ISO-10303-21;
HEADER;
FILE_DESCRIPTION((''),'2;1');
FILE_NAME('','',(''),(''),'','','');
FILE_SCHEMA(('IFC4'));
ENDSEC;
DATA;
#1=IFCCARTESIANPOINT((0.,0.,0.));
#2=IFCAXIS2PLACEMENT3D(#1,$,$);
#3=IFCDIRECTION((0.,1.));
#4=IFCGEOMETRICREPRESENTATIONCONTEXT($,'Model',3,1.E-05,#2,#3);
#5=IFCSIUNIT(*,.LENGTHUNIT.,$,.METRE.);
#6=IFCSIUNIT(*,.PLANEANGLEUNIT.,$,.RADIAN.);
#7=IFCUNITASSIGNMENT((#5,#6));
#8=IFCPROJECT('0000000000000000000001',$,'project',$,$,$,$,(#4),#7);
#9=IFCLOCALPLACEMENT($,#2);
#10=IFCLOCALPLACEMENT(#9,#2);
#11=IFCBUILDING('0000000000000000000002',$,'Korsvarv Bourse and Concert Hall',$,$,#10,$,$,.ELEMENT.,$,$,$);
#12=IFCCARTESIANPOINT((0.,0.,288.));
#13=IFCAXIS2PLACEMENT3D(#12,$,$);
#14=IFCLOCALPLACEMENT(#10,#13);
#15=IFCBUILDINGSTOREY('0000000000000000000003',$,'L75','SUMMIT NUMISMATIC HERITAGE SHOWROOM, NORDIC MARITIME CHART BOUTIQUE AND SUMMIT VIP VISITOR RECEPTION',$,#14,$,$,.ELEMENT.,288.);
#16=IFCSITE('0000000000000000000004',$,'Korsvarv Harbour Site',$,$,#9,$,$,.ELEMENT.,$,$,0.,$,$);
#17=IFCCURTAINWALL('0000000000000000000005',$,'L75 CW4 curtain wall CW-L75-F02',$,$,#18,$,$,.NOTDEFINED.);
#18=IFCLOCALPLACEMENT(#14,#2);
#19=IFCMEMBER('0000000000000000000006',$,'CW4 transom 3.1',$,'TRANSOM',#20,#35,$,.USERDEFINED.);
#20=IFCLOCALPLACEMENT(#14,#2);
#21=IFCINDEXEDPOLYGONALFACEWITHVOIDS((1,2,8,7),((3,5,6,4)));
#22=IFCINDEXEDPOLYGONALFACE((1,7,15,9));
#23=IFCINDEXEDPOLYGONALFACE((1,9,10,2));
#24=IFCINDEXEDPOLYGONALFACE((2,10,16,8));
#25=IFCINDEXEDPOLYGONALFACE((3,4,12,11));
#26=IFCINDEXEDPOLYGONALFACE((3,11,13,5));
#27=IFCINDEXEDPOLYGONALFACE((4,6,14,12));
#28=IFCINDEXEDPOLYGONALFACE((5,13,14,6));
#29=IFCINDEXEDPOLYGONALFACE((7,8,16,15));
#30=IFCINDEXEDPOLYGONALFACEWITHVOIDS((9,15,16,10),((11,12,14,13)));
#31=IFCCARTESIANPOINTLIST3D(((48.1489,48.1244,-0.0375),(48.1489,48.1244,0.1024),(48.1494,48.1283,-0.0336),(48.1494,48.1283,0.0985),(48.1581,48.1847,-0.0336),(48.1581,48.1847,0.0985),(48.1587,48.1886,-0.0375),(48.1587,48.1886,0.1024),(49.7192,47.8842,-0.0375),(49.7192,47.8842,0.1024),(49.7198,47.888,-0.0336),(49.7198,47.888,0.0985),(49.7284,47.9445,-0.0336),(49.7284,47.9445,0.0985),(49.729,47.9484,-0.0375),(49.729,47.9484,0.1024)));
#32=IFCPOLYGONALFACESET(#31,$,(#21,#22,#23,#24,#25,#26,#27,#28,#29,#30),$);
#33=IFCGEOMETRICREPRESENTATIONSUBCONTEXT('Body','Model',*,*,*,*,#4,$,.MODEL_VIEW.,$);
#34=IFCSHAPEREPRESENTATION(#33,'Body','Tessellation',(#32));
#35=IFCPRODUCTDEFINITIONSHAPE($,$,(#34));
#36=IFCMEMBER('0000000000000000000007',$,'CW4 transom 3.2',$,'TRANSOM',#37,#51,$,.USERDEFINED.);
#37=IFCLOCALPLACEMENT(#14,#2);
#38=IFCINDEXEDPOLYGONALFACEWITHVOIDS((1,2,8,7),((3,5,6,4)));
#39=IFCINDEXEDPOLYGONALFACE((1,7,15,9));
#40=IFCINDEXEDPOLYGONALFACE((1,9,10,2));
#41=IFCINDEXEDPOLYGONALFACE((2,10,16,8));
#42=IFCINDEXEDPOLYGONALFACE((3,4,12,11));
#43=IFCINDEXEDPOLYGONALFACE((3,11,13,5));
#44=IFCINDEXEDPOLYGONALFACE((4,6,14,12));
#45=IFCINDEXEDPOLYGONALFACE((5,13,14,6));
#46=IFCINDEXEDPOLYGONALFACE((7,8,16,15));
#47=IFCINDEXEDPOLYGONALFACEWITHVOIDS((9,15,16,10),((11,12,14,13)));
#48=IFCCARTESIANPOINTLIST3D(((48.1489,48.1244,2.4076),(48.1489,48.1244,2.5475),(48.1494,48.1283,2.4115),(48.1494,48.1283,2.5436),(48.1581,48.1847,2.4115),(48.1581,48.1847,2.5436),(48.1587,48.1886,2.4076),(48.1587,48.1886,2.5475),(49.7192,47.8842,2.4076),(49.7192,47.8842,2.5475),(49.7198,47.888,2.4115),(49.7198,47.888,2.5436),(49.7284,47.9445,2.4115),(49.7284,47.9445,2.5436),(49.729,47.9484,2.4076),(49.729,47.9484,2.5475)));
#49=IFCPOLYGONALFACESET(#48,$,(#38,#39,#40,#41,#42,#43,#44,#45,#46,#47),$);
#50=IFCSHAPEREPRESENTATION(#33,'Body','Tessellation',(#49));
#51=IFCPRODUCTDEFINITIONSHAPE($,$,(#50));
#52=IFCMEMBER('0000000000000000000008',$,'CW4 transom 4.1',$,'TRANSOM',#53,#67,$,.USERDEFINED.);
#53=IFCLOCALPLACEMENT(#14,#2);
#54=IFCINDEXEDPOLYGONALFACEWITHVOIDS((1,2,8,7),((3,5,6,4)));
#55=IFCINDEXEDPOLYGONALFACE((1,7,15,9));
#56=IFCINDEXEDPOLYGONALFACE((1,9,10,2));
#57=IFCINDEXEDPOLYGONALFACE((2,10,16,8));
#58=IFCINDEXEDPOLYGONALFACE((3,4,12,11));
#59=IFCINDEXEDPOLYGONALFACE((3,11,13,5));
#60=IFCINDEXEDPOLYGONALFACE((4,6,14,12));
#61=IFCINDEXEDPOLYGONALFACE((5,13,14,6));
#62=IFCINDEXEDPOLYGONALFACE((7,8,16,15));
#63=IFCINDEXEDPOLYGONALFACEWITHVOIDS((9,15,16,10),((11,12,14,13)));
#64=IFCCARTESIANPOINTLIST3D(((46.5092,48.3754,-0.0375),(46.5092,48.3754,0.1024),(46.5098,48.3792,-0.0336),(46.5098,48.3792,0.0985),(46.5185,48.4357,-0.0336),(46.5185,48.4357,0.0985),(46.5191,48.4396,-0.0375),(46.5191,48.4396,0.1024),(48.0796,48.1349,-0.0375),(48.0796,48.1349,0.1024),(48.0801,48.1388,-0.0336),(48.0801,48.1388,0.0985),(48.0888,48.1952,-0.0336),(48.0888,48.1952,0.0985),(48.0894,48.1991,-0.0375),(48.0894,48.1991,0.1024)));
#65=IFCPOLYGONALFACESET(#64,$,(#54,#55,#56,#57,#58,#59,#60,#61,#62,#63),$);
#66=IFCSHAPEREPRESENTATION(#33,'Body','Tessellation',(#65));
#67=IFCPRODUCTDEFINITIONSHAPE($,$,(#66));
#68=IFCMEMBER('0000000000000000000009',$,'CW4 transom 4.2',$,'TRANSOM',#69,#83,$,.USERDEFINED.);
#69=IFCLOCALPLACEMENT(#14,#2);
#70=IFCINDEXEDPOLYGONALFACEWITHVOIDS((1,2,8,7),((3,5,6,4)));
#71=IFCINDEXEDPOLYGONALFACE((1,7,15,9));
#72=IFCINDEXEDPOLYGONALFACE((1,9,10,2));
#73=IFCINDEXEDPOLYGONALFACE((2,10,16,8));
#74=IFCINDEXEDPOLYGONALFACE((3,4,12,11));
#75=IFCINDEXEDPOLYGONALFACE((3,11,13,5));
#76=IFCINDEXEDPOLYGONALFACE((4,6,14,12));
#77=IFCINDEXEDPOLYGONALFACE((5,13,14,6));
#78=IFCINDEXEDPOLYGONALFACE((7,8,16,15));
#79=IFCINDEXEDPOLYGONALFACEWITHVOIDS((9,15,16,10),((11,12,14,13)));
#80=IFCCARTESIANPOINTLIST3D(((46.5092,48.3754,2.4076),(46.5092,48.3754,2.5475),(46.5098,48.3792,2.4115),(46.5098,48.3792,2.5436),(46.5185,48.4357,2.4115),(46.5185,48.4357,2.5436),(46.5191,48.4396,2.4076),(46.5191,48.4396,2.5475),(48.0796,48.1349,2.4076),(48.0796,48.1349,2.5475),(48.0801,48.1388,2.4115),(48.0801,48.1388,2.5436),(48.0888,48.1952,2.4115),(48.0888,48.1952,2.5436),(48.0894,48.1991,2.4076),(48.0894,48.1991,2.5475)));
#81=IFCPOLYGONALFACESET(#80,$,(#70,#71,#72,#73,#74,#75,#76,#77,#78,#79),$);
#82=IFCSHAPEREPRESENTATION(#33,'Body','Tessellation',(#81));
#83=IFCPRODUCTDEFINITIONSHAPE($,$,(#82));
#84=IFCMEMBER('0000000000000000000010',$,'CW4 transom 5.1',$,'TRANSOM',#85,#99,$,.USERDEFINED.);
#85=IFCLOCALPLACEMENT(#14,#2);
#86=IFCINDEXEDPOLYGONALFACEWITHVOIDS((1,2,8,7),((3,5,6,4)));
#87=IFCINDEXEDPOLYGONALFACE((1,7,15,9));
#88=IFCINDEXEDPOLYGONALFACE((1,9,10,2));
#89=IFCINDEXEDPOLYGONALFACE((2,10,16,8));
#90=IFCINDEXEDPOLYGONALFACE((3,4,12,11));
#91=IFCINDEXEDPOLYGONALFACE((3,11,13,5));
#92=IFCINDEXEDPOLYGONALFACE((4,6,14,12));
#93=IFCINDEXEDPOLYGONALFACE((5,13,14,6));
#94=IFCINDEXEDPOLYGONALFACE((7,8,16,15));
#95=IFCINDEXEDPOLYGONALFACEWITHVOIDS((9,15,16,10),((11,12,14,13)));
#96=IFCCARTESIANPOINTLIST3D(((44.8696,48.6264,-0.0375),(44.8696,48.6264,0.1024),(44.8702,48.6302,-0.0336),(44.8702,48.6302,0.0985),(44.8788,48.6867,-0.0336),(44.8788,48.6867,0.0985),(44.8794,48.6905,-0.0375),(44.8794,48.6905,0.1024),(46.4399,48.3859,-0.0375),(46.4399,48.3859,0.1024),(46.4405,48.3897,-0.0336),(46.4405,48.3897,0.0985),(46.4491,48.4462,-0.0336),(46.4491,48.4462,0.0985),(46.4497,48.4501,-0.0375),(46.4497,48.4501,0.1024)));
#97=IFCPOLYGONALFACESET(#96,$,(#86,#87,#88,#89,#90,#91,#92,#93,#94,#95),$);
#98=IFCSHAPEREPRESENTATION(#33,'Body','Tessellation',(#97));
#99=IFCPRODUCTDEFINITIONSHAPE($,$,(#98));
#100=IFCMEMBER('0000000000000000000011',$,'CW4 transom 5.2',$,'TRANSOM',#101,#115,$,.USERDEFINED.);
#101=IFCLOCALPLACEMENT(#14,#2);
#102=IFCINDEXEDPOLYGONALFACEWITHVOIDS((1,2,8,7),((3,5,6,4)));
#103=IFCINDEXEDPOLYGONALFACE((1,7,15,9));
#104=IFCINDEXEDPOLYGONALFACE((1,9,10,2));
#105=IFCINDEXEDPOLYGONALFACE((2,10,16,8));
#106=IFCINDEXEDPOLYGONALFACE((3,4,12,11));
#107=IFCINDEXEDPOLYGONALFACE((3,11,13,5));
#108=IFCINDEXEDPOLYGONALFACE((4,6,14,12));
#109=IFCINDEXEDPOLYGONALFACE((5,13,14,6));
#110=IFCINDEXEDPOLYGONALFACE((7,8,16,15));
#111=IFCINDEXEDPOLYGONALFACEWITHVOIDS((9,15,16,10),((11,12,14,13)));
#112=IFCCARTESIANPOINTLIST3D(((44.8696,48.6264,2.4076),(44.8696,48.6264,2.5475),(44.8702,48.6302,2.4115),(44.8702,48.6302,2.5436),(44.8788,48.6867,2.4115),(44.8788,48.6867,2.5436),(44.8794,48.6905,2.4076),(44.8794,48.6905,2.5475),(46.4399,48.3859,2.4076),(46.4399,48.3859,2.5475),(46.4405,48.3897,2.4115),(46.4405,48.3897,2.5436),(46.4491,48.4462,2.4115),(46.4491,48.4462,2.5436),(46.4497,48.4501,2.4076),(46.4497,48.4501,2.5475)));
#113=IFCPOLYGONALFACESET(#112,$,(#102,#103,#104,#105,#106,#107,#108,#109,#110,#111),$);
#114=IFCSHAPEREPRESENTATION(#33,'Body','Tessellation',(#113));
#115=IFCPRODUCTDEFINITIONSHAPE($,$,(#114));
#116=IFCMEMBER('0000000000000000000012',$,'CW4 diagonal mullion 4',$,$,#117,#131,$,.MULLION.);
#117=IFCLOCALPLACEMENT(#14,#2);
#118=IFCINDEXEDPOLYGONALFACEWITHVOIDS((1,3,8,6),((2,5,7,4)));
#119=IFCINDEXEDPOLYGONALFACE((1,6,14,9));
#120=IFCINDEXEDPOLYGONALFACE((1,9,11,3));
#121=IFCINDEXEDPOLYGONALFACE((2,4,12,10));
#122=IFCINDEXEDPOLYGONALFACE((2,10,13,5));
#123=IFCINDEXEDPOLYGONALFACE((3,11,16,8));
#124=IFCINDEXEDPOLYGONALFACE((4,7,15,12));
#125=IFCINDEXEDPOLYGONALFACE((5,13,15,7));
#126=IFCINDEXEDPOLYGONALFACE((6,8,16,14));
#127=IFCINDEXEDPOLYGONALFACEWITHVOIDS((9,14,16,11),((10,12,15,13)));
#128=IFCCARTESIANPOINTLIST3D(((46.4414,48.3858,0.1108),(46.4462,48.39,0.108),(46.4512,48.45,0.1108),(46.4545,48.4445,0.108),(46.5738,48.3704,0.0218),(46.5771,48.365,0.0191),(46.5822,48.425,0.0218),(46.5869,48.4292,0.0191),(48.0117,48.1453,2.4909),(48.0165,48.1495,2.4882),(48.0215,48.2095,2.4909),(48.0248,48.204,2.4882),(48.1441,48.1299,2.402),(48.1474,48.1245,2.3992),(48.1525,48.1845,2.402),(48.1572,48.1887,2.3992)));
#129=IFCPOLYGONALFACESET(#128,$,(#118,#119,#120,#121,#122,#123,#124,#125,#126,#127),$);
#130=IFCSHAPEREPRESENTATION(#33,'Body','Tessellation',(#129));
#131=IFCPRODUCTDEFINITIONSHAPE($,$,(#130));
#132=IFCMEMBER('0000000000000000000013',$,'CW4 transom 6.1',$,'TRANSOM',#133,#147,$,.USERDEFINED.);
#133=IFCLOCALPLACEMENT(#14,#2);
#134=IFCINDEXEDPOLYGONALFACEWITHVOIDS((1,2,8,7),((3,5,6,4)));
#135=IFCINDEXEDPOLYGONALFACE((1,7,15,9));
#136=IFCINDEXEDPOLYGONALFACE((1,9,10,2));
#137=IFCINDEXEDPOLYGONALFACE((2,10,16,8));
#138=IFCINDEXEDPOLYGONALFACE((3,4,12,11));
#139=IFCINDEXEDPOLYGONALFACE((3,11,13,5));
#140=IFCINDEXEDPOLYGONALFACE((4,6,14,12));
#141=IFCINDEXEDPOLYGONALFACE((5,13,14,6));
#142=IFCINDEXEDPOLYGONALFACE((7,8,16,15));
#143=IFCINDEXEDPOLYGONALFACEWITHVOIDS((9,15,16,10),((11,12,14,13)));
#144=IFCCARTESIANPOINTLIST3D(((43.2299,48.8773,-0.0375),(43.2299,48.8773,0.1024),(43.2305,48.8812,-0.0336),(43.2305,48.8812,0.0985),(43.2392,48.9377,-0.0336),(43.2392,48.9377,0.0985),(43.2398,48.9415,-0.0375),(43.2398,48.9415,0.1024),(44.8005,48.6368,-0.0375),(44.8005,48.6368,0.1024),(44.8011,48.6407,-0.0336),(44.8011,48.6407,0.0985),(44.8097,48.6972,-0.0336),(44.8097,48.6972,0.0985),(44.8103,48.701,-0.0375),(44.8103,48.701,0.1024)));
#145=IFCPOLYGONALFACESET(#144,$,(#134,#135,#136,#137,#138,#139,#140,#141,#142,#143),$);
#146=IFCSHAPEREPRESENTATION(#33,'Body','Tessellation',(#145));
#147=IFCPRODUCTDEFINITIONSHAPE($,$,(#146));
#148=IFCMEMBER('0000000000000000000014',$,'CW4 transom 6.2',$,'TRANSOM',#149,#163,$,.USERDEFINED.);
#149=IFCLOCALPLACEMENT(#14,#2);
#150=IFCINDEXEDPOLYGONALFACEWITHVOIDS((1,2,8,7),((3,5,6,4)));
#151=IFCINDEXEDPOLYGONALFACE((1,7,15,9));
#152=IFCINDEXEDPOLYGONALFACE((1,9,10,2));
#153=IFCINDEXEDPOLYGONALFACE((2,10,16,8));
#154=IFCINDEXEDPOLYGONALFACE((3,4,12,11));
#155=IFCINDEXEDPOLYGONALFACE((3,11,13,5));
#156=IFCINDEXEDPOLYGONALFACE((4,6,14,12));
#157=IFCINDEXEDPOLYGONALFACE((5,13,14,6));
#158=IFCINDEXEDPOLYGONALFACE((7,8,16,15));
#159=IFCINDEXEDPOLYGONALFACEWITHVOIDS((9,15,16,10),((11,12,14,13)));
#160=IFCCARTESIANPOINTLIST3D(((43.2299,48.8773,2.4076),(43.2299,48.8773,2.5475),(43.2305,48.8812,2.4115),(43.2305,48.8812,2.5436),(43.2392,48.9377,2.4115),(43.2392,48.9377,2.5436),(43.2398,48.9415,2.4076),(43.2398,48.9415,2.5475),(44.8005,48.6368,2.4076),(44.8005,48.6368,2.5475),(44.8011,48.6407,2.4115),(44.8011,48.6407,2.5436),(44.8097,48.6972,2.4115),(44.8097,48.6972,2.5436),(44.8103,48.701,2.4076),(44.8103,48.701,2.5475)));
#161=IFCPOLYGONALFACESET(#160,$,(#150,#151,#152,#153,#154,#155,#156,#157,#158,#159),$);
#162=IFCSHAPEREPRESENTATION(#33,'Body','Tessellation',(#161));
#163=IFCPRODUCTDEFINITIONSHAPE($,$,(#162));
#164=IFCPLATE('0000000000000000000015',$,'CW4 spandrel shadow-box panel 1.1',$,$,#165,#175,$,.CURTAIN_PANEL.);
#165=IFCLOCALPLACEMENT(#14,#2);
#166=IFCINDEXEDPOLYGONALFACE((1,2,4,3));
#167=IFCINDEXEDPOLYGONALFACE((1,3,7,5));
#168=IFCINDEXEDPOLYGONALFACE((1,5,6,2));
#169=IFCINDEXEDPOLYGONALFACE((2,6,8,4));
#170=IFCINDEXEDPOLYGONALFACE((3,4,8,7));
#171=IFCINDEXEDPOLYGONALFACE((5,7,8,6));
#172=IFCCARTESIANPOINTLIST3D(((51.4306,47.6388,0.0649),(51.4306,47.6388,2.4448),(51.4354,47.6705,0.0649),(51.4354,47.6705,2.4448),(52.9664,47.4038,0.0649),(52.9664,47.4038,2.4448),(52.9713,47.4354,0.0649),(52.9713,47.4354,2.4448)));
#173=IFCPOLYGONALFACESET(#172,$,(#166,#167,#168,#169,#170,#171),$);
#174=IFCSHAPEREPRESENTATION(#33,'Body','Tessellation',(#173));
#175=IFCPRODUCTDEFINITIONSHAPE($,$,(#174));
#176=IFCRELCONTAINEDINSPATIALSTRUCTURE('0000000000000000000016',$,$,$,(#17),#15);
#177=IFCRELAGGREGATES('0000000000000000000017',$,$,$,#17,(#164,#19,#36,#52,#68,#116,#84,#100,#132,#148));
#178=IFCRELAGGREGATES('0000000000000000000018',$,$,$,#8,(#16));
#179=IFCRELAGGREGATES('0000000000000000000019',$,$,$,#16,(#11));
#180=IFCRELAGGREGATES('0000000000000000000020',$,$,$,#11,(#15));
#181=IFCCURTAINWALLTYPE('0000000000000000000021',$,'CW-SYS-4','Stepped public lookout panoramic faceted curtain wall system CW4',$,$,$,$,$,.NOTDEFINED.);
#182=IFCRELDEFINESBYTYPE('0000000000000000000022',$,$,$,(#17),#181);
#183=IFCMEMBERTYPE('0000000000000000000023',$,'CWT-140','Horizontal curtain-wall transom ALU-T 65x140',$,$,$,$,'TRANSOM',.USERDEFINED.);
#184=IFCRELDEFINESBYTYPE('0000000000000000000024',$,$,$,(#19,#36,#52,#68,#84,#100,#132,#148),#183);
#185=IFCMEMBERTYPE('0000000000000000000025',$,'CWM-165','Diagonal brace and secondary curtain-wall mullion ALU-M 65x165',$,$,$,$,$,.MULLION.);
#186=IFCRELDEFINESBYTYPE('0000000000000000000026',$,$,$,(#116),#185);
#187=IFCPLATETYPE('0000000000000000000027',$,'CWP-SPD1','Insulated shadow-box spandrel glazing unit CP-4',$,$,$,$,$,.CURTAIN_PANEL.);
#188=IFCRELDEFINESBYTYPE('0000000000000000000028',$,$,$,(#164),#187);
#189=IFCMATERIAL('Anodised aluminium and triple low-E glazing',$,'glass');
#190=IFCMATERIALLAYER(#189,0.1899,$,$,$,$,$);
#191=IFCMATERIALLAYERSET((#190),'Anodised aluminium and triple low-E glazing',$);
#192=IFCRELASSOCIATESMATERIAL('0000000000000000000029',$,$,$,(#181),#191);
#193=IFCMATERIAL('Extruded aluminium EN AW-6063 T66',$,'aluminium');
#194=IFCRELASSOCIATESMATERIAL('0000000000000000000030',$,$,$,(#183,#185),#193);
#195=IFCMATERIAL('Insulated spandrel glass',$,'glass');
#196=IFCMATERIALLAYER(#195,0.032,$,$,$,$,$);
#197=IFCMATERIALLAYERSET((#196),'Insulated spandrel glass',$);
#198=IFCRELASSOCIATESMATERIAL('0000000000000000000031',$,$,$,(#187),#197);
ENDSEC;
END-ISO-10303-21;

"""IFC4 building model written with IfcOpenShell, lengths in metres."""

from ifc_helpers import new_model, si_unit, direction, frame, origin, origin_2d, place, context, subcontext, project, spatial, rectangle, hollow_rectangle, extrude, source, transform, mapped, material, layer, layer_set, material_profile, profile_set, type_object, element, aggregate, save


model = new_model("IFC4")

# Units and contexts
model_context = context("Model", 3, precision=1e-05, world=origin(), true_north=direction((0.0, 1.0)))
body_context = subcontext(model_context, "Body", "Model", "MODEL_VIEW")
ifc_project = project(units=[si_unit("LENGTHUNIT", "METRE"), si_unit("PLANEANGLEUNIT", "RADIAN")], contexts=[model_context])

# Site, building, storey
site_placement = place(None, origin())
site = spatial("IfcSite", under=ifc_project, at=site_placement, Name="Korsvarv Harbour Site", CompositionType="ELEMENT", RefElevation=0.0)
building_placement = place(site_placement, origin())
building = spatial("IfcBuilding", under=site, at=building_placement, Name="Korsvarv Bourse and Concert Hall", CompositionType="ELEMENT")
storey_placement = place(building_placement, frame((0.0, 0.0, 288.0)))
storey = spatial("IfcBuildingStorey", under=building, at=storey_placement, Name="L75", Description="SUMMIT NUMISMATIC HERITAGE SHOWROOM, NORDIC MARITIME CHART BOUTIQUE AND SUMMIT VIP VISITOR RECEPTION", CompositionType="ELEMENT", Elevation=288.0)

# Curtain wall, members, plate
ifc_material_1 = material(Name="Anodised aluminium and triple low-E glazing", Category="glass")
ifc_layer_1 = layer(ifc_material_1, 0.1899)
ifc_layer_set_1 = layer_set([ifc_layer_1], Name="Anodised aluminium and triple low-E glazing")
curtain_wall_type = type_object("IfcCurtainWallType", Name="CW-SYS-4", Description="Stepped public lookout panoramic faceted curtain wall system CW4", PredefinedType="NOTDEFINED", material=ifc_layer_set_1)
curtain_wall_placement = place(storey_placement, origin())
curtain_wall = element("IfcCurtainWall", 1, at=curtain_wall_placement, inside=storey, type_object=curtain_wall_type, Name="L75 CW4 curtain wall CW-L75-F02", PredefinedType="NOTDEFINED")
ifc_material_2 = material(Name="Extruded aluminium EN AW-6063 T66", Category="aluminium")
ifc_material_profile_1 = material_profile(ifc_material_2, hollow_rectangle(XDim=0.0649, YDim=0.1399, WallThickness=0.0039, at=origin_2d()), Name="ALU-T 65x140")
ifc_profile_set_1 = profile_set([ifc_material_profile_1], Name="Extruded aluminium EN AW-6063 T66")
member_type_1 = type_object("IfcMemberType", Name="CWT-140", Description="Horizontal curtain-wall transom ALU-T 65x140", ElementType="TRANSOM", PredefinedType="USERDEFINED", material=ifc_profile_set_1)
ifc_material_profile_2 = material_profile(ifc_material_2, hollow_rectangle(XDim=0.0649, YDim=0.165, WallThickness=0.0049, at=origin_2d()), Name="ALU-M 65x165")
ifc_profile_set_2 = profile_set([ifc_material_profile_2], Name="Extruded aluminium EN AW-6063 T66")
member_type_2 = type_object("IfcMemberType", Name="CWM-165", Description="Diagonal brace and secondary curtain-wall mullion ALU-M 65x165", PredefinedType="MULLION", material=ifc_profile_set_2)
shared_shape_1 = source(origin(), body_context, "Body", "SweptSolid", [
    extrude(hollow_rectangle(XDim=0.0649, YDim=0.1399, WallThickness=0.0039, at=origin_2d()), origin(), (0.0, 0.0, 1.0), 1.5886),
])
member_1_placement = place(storey_placement, frame((49.7241, 47.9163, 0.0325), z_axis=(-0.988499, 0.151226, 0.0), x_axis=(-0.151226, -0.988499, 0.0)))
member_1 = element("IfcMember", 2, at=member_1_placement, type_object=member_type_1, Name="CW4 transom 3.1", ObjectType="TRANSOM", PredefinedType="USERDEFINED", context=body_context, shape_type="MappedRepresentation", body=[
    mapped(shared_shape_1, transform((0.0, 0.0, 0.0), scale=1.0)),
])
member_2_placement = place(storey_placement, frame((49.7241, 47.9163, 2.4775), z_axis=(-0.988499, 0.151226, 0.0), x_axis=(-0.151226, -0.988499, 0.0)))
member_2 = element("IfcMember", 3, at=member_2_placement, type_object=member_type_1, Name="CW4 transom 3.2", ObjectType="TRANSOM", PredefinedType="USERDEFINED", context=body_context, shape_type="MappedRepresentation", body=[
    mapped(shared_shape_1, transform((0.0, 0.0, 0.0), scale=1.0)),
])
member_3_placement = place(storey_placement, frame((48.0845, 48.167, 0.0325), z_axis=(-0.988476, 0.151376, 0.0), x_axis=(-0.151376, -0.988476, 0.0)))
member_3 = element("IfcMember", 4, at=member_3_placement, type_object=member_type_1, Name="CW4 transom 4.1", ObjectType="TRANSOM", PredefinedType="USERDEFINED", context=body_context, shape_type="MappedRepresentation", body=[
    mapped(shared_shape_1, transform((0.0, 0.0, 0.0), scale=1.0)),
])
member_4_placement = place(storey_placement, frame((48.0845, 48.167, 2.4775), z_axis=(-0.988476, 0.151376, 0.0), x_axis=(-0.151376, -0.988476, 0.0)))
member_4 = element("IfcMember", 5, at=member_4_placement, type_object=member_type_1, Name="CW4 transom 4.2", ObjectType="TRANSOM", PredefinedType="USERDEFINED", context=body_context, shape_type="MappedRepresentation", body=[
    mapped(shared_shape_1, transform((0.0, 0.0, 0.0), scale=1.0)),
])
member_5_placement = place(storey_placement, frame((46.4448, 48.418, 0.0325), z_axis=(-0.988476, 0.151376, 0.0), x_axis=(-0.151376, -0.988476, 0.0)))
member_5 = element("IfcMember", 6, at=member_5_placement, type_object=member_type_1, Name="CW4 transom 5.1", ObjectType="TRANSOM", PredefinedType="USERDEFINED", context=body_context, shape_type="MappedRepresentation", body=[
    mapped(shared_shape_1, transform((0.0, 0.0, 0.0), scale=1.0)),
])
member_6_placement = place(storey_placement, frame((46.4448, 48.418, 2.4775), z_axis=(-0.988476, 0.151376, 0.0), x_axis=(-0.151376, -0.988476, 0.0)))
member_6 = element("IfcMember", 7, at=member_6_placement, type_object=member_type_1, Name="CW4 transom 5.2", ObjectType="TRANSOM", PredefinedType="USERDEFINED", context=body_context, shape_type="MappedRepresentation", body=[
    mapped(shared_shape_1, transform((0.0, 0.0, 0.0), scale=1.0)),
])
shared_shape_2 = source(origin(), body_context, "Body", "SweptSolid", [
    extrude(hollow_rectangle(XDim=0.0649, YDim=0.165, WallThickness=0.0049, at=origin_2d()), origin(), (0.0, 0.0, 1.0), 2.8616),
])
member_7_placement = place(storey_placement, frame((46.5142, 48.4075, 0.0649), z_axis=(0.548755, -0.084037, 0.831749), x_axis=(0.151376, 0.988476, 0.0)))
member_7 = element("IfcMember", 8, at=member_7_placement, type_object=member_type_2, Name="CW4 diagonal mullion 4", PredefinedType="MULLION", context=body_context, shape_type="MappedRepresentation", body=[
    mapped(shared_shape_2, transform((0.0, 0.0, 0.0), scale=1.0)),
])
shared_shape_3 = source(origin(), body_context, "Body", "SweptSolid", [
    extrude(hollow_rectangle(XDim=0.0649, YDim=0.1399, WallThickness=0.0039, at=origin_2d()), origin(), (0.0, 0.0, 1.0), 1.5889),
])
member_8_placement = place(storey_placement, frame((44.8054, 48.6689, 0.0325), z_axis=(-0.98848, 0.151353, 0.0), x_axis=(-0.151353, -0.98848, 0.0)))
member_8 = element("IfcMember", 9, at=member_8_placement, type_object=member_type_1, Name="CW4 transom 6.1", ObjectType="TRANSOM", PredefinedType="USERDEFINED", context=body_context, shape_type="MappedRepresentation", body=[
    mapped(shared_shape_3, transform((0.0, 0.0, 0.0), scale=1.0)),
])
member_9_placement = place(storey_placement, frame((44.8054, 48.6689, 2.4775), z_axis=(-0.98848, 0.151353, 0.0), x_axis=(-0.151353, -0.98848, 0.0)))
member_9 = element("IfcMember", 10, at=member_9_placement, type_object=member_type_1, Name="CW4 transom 6.2", ObjectType="TRANSOM", PredefinedType="USERDEFINED", context=body_context, shape_type="MappedRepresentation", body=[
    mapped(shared_shape_3, transform((0.0, 0.0, 0.0), scale=1.0)),
])
ifc_material_3 = material(Name="Insulated spandrel glass", Category="glass")
ifc_layer_2 = layer(ifc_material_3, 0.032)
ifc_layer_set_2 = layer_set([ifc_layer_2], Name="Insulated spandrel glass")
plate_type_1 = type_object("IfcPlateType", Name="CWP-SPD1", Description="Insulated shadow-box spandrel glazing unit CP-4", PredefinedType="CURTAIN_PANEL", material=ifc_layer_set_2)
shared_shape_4 = source(origin(), body_context, "Body", "SweptSolid", [
    extrude(rectangle(XDim=1.5537, YDim=0.032, at=origin_2d()), origin(), (0.0, 0.0, 1.0), 2.3799),
])
plate_1_placement = place(storey_placement, frame((52.2009, 47.5371, 0.0649), z_axis=(0.0, 0.0, 1.0), x_axis=(-0.988487, 0.151305, 0.0)))
plate_1 = element("IfcPlate", 11, at=plate_1_placement, type_object=plate_type_1, Name="CW4 spandrel shadow-box panel 1.1", PredefinedType="CURTAIN_PANEL", context=body_context, shape_type="MappedRepresentation", body=[
    mapped(shared_shape_4, transform((0.0, 0.0, 0.0), scale=1.0)),
])
aggregate(curtain_wall, [plate_1, member_1, member_2, member_3, member_4, member_7, member_5, member_6, member_8, member_9])

save(model, "model.ifc")
